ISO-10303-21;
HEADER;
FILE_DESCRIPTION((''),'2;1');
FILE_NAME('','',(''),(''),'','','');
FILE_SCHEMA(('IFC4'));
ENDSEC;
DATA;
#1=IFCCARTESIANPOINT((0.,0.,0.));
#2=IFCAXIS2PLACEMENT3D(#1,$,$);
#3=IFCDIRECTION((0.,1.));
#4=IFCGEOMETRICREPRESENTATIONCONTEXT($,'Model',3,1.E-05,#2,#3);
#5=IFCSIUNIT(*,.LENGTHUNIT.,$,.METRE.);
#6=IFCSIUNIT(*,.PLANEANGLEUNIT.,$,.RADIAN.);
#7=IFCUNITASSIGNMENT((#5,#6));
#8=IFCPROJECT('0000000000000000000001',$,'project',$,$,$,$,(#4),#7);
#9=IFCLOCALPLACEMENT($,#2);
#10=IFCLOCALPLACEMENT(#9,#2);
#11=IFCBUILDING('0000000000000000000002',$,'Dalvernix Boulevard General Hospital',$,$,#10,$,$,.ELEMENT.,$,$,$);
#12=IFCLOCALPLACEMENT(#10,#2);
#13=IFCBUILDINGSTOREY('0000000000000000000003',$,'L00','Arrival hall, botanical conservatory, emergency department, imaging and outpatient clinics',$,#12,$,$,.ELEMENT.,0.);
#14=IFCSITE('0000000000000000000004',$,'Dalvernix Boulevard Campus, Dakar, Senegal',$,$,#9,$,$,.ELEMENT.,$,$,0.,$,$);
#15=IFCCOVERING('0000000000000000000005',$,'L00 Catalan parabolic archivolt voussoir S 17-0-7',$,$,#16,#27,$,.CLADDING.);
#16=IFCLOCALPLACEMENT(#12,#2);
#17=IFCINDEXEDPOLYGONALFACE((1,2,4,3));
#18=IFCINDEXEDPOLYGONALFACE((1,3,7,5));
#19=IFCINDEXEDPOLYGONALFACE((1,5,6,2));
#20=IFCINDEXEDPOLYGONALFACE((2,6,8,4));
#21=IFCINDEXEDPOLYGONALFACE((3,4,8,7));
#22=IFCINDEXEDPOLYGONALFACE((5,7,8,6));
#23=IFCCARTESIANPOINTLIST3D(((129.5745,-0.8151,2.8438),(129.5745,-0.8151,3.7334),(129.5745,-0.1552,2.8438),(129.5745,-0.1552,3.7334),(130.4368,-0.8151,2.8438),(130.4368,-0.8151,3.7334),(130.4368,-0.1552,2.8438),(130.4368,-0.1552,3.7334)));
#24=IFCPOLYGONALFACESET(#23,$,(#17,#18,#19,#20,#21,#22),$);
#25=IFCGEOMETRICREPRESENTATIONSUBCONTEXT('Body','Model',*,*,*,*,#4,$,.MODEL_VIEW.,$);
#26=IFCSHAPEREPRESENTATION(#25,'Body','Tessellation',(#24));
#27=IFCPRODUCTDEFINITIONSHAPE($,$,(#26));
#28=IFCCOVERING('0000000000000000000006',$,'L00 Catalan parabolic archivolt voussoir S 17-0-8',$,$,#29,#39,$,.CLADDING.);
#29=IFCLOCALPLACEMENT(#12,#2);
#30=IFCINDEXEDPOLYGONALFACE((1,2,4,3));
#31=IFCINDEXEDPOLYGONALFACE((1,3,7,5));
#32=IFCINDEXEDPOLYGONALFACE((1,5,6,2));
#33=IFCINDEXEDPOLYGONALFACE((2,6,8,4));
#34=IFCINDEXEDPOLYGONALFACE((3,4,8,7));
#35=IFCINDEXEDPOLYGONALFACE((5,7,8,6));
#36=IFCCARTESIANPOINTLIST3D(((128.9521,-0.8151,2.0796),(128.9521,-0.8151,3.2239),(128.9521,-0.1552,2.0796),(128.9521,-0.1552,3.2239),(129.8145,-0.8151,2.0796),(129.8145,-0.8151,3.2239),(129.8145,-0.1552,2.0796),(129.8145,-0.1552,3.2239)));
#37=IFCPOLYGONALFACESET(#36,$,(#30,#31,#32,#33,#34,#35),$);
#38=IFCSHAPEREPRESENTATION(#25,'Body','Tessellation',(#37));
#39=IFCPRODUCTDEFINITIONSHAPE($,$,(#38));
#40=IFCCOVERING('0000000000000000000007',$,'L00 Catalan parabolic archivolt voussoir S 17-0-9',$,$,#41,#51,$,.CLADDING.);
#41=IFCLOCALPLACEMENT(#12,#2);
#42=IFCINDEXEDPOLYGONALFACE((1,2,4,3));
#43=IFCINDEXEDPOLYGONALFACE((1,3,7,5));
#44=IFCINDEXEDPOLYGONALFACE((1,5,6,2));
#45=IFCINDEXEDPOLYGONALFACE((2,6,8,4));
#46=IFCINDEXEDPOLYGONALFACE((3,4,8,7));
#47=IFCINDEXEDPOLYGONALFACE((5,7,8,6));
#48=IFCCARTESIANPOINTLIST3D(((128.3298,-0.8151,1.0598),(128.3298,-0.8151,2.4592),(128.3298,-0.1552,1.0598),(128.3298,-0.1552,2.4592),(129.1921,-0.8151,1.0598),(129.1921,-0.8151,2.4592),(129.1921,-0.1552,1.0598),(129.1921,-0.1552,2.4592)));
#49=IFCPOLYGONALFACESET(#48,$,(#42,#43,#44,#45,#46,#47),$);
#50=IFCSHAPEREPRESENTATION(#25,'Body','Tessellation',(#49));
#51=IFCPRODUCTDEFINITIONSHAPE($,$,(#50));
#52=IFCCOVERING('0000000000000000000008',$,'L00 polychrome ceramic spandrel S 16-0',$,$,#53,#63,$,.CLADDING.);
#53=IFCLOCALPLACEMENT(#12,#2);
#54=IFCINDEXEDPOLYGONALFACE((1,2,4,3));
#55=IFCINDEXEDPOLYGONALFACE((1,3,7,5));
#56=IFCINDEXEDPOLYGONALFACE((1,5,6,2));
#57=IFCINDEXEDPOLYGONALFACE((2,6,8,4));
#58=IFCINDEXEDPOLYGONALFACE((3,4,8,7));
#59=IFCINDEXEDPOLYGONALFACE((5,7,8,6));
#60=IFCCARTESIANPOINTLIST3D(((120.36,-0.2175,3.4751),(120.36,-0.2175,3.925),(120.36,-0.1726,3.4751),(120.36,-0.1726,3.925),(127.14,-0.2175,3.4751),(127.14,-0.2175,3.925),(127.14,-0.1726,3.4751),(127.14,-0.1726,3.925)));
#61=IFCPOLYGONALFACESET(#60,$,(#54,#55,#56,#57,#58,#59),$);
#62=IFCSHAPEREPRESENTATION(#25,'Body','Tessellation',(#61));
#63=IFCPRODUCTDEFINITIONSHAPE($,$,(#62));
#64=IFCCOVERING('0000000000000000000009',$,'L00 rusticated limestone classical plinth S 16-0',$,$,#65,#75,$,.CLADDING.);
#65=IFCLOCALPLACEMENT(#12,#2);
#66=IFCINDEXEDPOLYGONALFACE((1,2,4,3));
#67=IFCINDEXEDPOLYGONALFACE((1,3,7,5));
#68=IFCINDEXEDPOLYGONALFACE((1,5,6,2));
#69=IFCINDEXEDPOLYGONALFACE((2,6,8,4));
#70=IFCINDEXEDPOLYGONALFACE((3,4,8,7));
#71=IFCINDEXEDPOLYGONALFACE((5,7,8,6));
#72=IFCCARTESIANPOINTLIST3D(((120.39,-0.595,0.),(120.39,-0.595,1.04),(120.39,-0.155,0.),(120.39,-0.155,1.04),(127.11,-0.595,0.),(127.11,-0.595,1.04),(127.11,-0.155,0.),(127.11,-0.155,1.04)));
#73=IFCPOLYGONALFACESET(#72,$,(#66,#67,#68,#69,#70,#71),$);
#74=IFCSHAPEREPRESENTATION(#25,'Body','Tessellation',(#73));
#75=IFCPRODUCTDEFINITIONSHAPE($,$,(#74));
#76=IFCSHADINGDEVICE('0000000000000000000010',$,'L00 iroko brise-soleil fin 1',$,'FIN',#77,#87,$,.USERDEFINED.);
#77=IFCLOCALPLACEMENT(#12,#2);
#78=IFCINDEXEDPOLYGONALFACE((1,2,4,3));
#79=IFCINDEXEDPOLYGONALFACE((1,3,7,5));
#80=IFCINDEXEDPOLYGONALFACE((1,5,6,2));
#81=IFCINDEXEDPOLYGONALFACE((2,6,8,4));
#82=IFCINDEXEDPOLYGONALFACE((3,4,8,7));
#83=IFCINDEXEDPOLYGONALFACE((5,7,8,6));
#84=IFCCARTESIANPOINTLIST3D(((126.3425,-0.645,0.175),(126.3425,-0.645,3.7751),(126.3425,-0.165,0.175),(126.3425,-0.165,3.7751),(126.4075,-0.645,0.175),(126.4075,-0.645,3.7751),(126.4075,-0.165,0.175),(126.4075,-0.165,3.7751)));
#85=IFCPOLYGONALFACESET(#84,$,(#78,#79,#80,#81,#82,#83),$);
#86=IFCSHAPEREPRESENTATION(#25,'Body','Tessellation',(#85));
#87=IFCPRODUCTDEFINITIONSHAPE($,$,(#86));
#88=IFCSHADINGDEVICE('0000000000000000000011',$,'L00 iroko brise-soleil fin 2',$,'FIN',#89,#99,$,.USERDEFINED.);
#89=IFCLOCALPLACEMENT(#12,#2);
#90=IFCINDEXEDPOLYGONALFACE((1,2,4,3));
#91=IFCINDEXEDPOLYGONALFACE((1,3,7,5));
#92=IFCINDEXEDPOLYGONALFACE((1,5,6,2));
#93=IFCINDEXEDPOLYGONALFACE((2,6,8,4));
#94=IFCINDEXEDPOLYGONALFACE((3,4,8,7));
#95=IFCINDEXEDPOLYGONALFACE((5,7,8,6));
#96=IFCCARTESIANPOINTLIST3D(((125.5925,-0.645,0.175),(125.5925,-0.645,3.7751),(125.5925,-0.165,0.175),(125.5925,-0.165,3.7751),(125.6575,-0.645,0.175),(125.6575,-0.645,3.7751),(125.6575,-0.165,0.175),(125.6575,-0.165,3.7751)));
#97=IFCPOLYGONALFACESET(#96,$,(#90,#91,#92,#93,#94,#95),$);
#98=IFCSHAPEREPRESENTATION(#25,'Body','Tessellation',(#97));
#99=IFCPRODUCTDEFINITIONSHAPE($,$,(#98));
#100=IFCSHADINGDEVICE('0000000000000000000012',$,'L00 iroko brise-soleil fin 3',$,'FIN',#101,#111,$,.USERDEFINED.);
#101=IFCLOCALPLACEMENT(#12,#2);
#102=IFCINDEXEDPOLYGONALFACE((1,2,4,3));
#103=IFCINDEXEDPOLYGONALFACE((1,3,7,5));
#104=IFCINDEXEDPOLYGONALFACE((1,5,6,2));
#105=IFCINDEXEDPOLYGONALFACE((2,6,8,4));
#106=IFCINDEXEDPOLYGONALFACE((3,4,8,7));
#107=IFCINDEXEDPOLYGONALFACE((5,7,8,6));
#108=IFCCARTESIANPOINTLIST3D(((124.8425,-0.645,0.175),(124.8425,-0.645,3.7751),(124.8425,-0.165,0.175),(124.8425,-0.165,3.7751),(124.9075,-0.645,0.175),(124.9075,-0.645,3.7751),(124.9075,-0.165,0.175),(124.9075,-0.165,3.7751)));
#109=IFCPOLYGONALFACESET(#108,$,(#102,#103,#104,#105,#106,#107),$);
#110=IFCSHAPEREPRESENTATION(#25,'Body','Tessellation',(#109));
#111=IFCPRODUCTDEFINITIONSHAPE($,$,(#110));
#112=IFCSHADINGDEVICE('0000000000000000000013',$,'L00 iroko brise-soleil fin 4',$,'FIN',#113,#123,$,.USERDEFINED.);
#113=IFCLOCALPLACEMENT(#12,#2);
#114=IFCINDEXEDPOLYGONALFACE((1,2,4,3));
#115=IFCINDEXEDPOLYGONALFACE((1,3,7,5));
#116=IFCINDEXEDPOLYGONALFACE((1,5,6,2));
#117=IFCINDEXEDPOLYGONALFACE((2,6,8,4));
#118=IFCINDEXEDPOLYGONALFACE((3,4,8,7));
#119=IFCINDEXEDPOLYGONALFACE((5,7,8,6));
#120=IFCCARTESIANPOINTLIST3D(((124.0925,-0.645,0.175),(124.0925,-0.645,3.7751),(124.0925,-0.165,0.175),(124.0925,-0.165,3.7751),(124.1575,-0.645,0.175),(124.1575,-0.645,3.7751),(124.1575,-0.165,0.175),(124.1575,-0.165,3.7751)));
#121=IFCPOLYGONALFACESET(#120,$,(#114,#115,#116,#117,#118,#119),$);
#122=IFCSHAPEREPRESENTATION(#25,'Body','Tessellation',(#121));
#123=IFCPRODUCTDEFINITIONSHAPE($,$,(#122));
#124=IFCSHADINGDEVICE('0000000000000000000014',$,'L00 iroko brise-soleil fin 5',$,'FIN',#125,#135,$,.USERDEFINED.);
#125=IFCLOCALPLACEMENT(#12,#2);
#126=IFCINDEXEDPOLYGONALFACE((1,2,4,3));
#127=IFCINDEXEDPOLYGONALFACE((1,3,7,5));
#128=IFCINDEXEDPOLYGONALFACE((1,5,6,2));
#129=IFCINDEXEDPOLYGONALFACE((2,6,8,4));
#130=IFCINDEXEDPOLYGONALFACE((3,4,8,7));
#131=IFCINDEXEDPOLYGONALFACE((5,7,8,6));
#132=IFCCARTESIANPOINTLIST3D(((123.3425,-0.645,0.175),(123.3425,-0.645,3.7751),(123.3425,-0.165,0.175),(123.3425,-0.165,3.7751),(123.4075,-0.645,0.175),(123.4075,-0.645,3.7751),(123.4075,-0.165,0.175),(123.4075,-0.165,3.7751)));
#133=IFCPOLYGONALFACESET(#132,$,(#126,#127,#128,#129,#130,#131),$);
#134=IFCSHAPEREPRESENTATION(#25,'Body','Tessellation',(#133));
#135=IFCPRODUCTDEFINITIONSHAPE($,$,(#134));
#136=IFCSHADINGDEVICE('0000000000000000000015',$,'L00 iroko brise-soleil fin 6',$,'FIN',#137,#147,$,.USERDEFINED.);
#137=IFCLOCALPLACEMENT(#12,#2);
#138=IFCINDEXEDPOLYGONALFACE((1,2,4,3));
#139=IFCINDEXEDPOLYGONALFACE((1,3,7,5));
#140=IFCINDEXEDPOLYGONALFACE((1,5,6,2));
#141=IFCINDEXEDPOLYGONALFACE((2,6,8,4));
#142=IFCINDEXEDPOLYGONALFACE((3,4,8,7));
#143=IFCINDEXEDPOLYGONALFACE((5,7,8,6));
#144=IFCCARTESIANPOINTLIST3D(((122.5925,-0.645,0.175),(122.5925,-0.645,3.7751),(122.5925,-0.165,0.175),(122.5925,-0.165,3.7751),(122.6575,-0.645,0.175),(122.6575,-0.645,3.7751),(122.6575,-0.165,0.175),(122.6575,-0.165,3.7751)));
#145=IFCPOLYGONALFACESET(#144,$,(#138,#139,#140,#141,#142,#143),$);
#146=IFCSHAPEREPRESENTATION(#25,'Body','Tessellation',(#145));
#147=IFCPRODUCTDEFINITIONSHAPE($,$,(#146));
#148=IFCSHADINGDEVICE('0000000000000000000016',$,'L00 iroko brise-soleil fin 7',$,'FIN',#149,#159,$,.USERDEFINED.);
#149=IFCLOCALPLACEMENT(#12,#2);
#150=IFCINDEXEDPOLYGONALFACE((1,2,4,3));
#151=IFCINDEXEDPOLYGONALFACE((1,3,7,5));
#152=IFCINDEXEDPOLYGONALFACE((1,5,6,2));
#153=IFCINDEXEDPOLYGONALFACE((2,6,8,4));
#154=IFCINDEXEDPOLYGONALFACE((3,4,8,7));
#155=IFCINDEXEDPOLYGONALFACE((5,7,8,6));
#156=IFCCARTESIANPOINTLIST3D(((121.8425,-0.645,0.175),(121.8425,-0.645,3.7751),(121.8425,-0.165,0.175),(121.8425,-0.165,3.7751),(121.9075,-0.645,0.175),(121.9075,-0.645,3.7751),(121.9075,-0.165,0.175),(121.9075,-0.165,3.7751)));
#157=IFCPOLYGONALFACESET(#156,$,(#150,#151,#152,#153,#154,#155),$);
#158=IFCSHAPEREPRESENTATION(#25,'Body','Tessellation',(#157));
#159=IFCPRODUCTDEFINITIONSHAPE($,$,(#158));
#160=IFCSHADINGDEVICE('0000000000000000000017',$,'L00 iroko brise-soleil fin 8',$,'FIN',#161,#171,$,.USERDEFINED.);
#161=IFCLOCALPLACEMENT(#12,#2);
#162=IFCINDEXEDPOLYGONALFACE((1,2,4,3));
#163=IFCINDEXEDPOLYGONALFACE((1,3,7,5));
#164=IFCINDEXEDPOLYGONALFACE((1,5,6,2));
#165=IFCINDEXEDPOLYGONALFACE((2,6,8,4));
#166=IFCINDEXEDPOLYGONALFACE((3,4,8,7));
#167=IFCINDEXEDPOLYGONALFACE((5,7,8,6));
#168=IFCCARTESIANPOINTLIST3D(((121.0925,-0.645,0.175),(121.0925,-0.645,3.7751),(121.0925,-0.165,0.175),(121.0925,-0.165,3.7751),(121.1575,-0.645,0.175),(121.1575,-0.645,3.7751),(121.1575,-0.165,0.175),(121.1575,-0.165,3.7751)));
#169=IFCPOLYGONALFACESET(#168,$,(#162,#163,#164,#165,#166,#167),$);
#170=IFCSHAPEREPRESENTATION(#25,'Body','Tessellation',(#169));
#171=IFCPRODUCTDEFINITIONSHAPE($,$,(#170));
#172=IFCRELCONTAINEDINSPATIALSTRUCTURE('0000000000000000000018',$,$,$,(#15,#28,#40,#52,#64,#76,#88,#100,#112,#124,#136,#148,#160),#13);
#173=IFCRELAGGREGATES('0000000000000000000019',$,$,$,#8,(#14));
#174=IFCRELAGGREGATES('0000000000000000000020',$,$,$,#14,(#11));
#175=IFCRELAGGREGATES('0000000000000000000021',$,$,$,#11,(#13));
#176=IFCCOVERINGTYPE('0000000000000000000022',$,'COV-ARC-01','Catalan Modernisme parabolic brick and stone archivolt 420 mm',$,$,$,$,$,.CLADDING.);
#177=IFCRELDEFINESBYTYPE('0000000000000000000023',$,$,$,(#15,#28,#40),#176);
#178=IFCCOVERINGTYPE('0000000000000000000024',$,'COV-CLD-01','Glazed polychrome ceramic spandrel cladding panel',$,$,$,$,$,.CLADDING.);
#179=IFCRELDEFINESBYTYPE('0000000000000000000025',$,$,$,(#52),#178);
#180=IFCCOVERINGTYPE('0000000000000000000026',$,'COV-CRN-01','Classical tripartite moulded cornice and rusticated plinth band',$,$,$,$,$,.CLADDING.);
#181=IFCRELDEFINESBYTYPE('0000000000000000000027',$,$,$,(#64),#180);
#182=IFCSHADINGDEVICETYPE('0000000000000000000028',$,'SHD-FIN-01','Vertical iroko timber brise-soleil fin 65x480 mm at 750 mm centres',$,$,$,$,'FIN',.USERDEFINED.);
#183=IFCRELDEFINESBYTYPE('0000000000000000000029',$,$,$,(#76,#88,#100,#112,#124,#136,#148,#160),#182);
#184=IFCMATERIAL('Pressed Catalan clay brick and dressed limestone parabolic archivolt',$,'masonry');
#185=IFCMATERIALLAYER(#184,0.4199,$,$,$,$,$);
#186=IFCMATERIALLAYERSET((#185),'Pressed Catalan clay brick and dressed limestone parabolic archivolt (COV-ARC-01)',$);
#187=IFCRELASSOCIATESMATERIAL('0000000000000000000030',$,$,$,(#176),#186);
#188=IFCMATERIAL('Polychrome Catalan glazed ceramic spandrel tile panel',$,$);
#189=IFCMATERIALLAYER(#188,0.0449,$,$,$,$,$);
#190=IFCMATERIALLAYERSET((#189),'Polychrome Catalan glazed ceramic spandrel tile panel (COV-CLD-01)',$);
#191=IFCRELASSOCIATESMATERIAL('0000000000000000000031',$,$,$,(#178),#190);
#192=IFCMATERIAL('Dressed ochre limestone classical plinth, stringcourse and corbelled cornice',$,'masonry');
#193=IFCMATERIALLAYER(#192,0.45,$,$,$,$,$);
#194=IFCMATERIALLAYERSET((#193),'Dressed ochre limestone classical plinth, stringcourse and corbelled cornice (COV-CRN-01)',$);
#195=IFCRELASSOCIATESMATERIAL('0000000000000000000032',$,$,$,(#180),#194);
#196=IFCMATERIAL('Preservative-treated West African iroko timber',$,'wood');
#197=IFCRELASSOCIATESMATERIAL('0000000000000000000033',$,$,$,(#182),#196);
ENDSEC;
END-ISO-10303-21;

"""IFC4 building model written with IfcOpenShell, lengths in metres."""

from ifc_helpers import new_model, si_unit, direction, frame, origin, origin_2d, place, context, subcontext, project, spatial, rectangle, extrude, material, layer, layer_set, type_object, element, save


model = new_model("IFC4")

# Units and contexts
model_context = context("Model", 3, precision=1e-05, world=origin(), true_north=direction((0.0, 1.0)))
body_context = subcontext(model_context, "Body", "Model", "MODEL_VIEW")
ifc_project = project(units=[si_unit("LENGTHUNIT", "METRE"), si_unit("PLANEANGLEUNIT", "RADIAN")], contexts=[model_context])

# Site, building, storey
site_placement = place(None, origin())
site = spatial("IfcSite", under=ifc_project, at=site_placement, Name="Dalvernix Boulevard Campus, Dakar, Senegal", CompositionType="ELEMENT", RefElevation=0.0)
building_placement = place(site_placement, origin())
building = spatial("IfcBuilding", under=site, at=building_placement, Name="Dalvernix Boulevard General Hospital", CompositionType="ELEMENT")
storey_placement = place(building_placement, origin())
storey = spatial("IfcBuildingStorey", under=building, at=storey_placement, Name="L00", Description="Arrival hall, botanical conservatory, emergency department, imaging and outpatient clinics", CompositionType="ELEMENT", Elevation=0.0)

# Coverings
ifc_material_1 = material(Name="Pressed Catalan clay brick and dressed limestone parabolic archivolt", Category="masonry")
ifc_layer_1 = layer(ifc_material_1, 0.4199)
ifc_layer_set_1 = layer_set([ifc_layer_1], Name="Pressed Catalan clay brick and dressed limestone parabolic archivolt (COV-ARC-01)")
covering_type_1 = type_object("IfcCoveringType", Name="COV-ARC-01", Description="Catalan Modernisme parabolic brick and stone archivolt 420 mm", PredefinedType="CLADDING", material=ifc_layer_set_1)
covering_1_placement = place(storey_placement, frame((130.0056, -0.4851, 2.8438), z_axis=(0.0, 0.0, 1.0), x_axis=(-1.0, 0.0, 0.0)))
element("IfcCovering", 1, at=covering_1_placement, inside=storey, type_object=covering_type_1, Name="L00 Catalan parabolic archivolt voussoir S 17-0-7", PredefinedType="CLADDING", context=body_context, shape_type="SweptSolid", body=[
    extrude(rectangle(XDim=0.8623, YDim=0.6599, at=origin_2d()), origin(), (0.0, 0.0, 1.0), 0.8896),
])
covering_2_placement = place(storey_placement, frame((129.3833, -0.4851, 2.0796), z_axis=(0.0, 0.0, 1.0), x_axis=(-1.0, 0.0, 0.0)))
element("IfcCovering", 2, at=covering_2_placement, inside=storey, type_object=covering_type_1, Name="L00 Catalan parabolic archivolt voussoir S 17-0-8", PredefinedType="CLADDING", context=body_context, shape_type="SweptSolid", body=[
    extrude(rectangle(XDim=0.8623, YDim=0.6599, at=origin_2d()), origin(), (0.0, 0.0, 1.0), 1.1443),
])
covering_3_placement = place(storey_placement, frame((128.761, -0.4851, 1.0598), z_axis=(0.0, 0.0, 1.0), x_axis=(-1.0, 0.0, 0.0)))
element("IfcCovering", 3, at=covering_3_placement, inside=storey, type_object=covering_type_1, Name="L00 Catalan parabolic archivolt voussoir S 17-0-9", PredefinedType="CLADDING", context=body_context, shape_type="SweptSolid", body=[
    extrude(rectangle(XDim=0.8623, YDim=0.6599, at=origin_2d()), origin(), (0.0, 0.0, 1.0), 1.3994),
])
ifc_material_2 = material(Name="Polychrome Catalan glazed ceramic spandrel tile panel")
ifc_layer_2 = layer(ifc_material_2, 0.0449)
ifc_layer_set_2 = layer_set([ifc_layer_2], Name="Polychrome Catalan glazed ceramic spandrel tile panel (COV-CLD-01)")
covering_type_2 = type_object("IfcCoveringType", Name="COV-CLD-01", Description="Glazed polychrome ceramic spandrel cladding panel", PredefinedType="CLADDING", material=ifc_layer_set_2)
covering_4_placement = place(storey_placement, frame((123.75, -0.1951, 3.4751), z_axis=(0.0, 0.0, 1.0), x_axis=(-1.0, 0.0, 0.0)))
element("IfcCovering", 4, at=covering_4_placement, inside=storey, type_object=covering_type_2, Name="L00 polychrome ceramic spandrel S 16-0", PredefinedType="CLADDING", context=body_context, shape_type="SweptSolid", body=[
    extrude(rectangle(XDim=6.78, YDim=0.0449, at=origin_2d()), origin(), (0.0, 0.0, 1.0), 0.45),
])
ifc_material_3 = material(Name="Dressed ochre limestone classical plinth, stringcourse and corbelled cornice", Category="masonry")
ifc_layer_3 = layer(ifc_material_3, 0.45)
ifc_layer_set_3 = layer_set([ifc_layer_3], Name="Dressed ochre limestone classical plinth, stringcourse and corbelled cornice (COV-CRN-01)")
covering_type_3 = type_object("IfcCoveringType", Name="COV-CRN-01", Description="Classical tripartite moulded cornice and rusticated plinth band", PredefinedType="CLADDING", material=ifc_layer_set_3)
covering_5_placement = place(storey_placement, frame((123.75, -0.375, 0.0), z_axis=(0.0, 0.0, 1.0), x_axis=(-1.0, 0.0, 0.0)))
element("IfcCovering", 5, at=covering_5_placement, inside=storey, type_object=covering_type_3, Name="L00 rusticated limestone classical plinth S 16-0", PredefinedType="CLADDING", context=body_context, shape_type="SweptSolid", body=[
    extrude(rectangle(XDim=6.72, YDim=0.4399, at=origin_2d()), origin(), (0.0, 0.0, 1.0), 1.04),
])

# Shading devices
ifc_material_4 = material(Name="Preservative-treated West African iroko timber", Category="wood")
shading_device_type = type_object("IfcShadingDeviceType", Name="SHD-FIN-01", Description="Vertical iroko timber brise-soleil fin 65x480 mm at 750 mm centres", ElementType="FIN", PredefinedType="USERDEFINED", material=ifc_material_4)
for number, where, z_axis, x_axis, name in (
    (6, (126.375, -0.405, 0.175), (0.0, 0.0, 1.0), (-1.0, 0.0, 0.0), "L00 iroko brise-soleil fin 1"),
    (7, (125.625, -0.405, 0.175), (0.0, 0.0, 1.0), (-1.0, 0.0, 0.0), "L00 iroko brise-soleil fin 2"),
    (8, (124.875, -0.405, 0.175), (0.0, 0.0, 1.0), (-1.0, 0.0, 0.0), "L00 iroko brise-soleil fin 3"),
    (9, (124.125, -0.405, 0.175), (0.0, 0.0, 1.0), (-1.0, 0.0, 0.0), "L00 iroko brise-soleil fin 4"),
    (10, (123.375, -0.405, 0.175), (0.0, 0.0, 1.0), (-1.0, 0.0, 0.0), "L00 iroko brise-soleil fin 5"),
    (11, (122.625, -0.405, 0.175), (0.0, 0.0, 1.0), (-1.0, 0.0, 0.0), "L00 iroko brise-soleil fin 6"),
    (12, (121.875, -0.405, 0.175), (0.0, 0.0, 1.0), (-1.0, 0.0, 0.0), "L00 iroko brise-soleil fin 7"),
    (13, (121.125, -0.405, 0.175), (0.0, 0.0, 1.0), (-1.0, 0.0, 0.0), "L00 iroko brise-soleil fin 8"),
):
    element("IfcShadingDevice", number, at=place(storey_placement, frame(where, z_axis=z_axis, x_axis=x_axis)), inside=storey, type_object=shading_device_type, Name=name, ObjectType="FIN", PredefinedType="USERDEFINED", context=body_context, shape_type="SweptSolid", body=[
        extrude(rectangle(XDim=0.0649, YDim=0.48, at=origin_2d()), origin(), (0.0, 0.0, 1.0), 3.6001),
    ])

save(model, "model.ifc")
